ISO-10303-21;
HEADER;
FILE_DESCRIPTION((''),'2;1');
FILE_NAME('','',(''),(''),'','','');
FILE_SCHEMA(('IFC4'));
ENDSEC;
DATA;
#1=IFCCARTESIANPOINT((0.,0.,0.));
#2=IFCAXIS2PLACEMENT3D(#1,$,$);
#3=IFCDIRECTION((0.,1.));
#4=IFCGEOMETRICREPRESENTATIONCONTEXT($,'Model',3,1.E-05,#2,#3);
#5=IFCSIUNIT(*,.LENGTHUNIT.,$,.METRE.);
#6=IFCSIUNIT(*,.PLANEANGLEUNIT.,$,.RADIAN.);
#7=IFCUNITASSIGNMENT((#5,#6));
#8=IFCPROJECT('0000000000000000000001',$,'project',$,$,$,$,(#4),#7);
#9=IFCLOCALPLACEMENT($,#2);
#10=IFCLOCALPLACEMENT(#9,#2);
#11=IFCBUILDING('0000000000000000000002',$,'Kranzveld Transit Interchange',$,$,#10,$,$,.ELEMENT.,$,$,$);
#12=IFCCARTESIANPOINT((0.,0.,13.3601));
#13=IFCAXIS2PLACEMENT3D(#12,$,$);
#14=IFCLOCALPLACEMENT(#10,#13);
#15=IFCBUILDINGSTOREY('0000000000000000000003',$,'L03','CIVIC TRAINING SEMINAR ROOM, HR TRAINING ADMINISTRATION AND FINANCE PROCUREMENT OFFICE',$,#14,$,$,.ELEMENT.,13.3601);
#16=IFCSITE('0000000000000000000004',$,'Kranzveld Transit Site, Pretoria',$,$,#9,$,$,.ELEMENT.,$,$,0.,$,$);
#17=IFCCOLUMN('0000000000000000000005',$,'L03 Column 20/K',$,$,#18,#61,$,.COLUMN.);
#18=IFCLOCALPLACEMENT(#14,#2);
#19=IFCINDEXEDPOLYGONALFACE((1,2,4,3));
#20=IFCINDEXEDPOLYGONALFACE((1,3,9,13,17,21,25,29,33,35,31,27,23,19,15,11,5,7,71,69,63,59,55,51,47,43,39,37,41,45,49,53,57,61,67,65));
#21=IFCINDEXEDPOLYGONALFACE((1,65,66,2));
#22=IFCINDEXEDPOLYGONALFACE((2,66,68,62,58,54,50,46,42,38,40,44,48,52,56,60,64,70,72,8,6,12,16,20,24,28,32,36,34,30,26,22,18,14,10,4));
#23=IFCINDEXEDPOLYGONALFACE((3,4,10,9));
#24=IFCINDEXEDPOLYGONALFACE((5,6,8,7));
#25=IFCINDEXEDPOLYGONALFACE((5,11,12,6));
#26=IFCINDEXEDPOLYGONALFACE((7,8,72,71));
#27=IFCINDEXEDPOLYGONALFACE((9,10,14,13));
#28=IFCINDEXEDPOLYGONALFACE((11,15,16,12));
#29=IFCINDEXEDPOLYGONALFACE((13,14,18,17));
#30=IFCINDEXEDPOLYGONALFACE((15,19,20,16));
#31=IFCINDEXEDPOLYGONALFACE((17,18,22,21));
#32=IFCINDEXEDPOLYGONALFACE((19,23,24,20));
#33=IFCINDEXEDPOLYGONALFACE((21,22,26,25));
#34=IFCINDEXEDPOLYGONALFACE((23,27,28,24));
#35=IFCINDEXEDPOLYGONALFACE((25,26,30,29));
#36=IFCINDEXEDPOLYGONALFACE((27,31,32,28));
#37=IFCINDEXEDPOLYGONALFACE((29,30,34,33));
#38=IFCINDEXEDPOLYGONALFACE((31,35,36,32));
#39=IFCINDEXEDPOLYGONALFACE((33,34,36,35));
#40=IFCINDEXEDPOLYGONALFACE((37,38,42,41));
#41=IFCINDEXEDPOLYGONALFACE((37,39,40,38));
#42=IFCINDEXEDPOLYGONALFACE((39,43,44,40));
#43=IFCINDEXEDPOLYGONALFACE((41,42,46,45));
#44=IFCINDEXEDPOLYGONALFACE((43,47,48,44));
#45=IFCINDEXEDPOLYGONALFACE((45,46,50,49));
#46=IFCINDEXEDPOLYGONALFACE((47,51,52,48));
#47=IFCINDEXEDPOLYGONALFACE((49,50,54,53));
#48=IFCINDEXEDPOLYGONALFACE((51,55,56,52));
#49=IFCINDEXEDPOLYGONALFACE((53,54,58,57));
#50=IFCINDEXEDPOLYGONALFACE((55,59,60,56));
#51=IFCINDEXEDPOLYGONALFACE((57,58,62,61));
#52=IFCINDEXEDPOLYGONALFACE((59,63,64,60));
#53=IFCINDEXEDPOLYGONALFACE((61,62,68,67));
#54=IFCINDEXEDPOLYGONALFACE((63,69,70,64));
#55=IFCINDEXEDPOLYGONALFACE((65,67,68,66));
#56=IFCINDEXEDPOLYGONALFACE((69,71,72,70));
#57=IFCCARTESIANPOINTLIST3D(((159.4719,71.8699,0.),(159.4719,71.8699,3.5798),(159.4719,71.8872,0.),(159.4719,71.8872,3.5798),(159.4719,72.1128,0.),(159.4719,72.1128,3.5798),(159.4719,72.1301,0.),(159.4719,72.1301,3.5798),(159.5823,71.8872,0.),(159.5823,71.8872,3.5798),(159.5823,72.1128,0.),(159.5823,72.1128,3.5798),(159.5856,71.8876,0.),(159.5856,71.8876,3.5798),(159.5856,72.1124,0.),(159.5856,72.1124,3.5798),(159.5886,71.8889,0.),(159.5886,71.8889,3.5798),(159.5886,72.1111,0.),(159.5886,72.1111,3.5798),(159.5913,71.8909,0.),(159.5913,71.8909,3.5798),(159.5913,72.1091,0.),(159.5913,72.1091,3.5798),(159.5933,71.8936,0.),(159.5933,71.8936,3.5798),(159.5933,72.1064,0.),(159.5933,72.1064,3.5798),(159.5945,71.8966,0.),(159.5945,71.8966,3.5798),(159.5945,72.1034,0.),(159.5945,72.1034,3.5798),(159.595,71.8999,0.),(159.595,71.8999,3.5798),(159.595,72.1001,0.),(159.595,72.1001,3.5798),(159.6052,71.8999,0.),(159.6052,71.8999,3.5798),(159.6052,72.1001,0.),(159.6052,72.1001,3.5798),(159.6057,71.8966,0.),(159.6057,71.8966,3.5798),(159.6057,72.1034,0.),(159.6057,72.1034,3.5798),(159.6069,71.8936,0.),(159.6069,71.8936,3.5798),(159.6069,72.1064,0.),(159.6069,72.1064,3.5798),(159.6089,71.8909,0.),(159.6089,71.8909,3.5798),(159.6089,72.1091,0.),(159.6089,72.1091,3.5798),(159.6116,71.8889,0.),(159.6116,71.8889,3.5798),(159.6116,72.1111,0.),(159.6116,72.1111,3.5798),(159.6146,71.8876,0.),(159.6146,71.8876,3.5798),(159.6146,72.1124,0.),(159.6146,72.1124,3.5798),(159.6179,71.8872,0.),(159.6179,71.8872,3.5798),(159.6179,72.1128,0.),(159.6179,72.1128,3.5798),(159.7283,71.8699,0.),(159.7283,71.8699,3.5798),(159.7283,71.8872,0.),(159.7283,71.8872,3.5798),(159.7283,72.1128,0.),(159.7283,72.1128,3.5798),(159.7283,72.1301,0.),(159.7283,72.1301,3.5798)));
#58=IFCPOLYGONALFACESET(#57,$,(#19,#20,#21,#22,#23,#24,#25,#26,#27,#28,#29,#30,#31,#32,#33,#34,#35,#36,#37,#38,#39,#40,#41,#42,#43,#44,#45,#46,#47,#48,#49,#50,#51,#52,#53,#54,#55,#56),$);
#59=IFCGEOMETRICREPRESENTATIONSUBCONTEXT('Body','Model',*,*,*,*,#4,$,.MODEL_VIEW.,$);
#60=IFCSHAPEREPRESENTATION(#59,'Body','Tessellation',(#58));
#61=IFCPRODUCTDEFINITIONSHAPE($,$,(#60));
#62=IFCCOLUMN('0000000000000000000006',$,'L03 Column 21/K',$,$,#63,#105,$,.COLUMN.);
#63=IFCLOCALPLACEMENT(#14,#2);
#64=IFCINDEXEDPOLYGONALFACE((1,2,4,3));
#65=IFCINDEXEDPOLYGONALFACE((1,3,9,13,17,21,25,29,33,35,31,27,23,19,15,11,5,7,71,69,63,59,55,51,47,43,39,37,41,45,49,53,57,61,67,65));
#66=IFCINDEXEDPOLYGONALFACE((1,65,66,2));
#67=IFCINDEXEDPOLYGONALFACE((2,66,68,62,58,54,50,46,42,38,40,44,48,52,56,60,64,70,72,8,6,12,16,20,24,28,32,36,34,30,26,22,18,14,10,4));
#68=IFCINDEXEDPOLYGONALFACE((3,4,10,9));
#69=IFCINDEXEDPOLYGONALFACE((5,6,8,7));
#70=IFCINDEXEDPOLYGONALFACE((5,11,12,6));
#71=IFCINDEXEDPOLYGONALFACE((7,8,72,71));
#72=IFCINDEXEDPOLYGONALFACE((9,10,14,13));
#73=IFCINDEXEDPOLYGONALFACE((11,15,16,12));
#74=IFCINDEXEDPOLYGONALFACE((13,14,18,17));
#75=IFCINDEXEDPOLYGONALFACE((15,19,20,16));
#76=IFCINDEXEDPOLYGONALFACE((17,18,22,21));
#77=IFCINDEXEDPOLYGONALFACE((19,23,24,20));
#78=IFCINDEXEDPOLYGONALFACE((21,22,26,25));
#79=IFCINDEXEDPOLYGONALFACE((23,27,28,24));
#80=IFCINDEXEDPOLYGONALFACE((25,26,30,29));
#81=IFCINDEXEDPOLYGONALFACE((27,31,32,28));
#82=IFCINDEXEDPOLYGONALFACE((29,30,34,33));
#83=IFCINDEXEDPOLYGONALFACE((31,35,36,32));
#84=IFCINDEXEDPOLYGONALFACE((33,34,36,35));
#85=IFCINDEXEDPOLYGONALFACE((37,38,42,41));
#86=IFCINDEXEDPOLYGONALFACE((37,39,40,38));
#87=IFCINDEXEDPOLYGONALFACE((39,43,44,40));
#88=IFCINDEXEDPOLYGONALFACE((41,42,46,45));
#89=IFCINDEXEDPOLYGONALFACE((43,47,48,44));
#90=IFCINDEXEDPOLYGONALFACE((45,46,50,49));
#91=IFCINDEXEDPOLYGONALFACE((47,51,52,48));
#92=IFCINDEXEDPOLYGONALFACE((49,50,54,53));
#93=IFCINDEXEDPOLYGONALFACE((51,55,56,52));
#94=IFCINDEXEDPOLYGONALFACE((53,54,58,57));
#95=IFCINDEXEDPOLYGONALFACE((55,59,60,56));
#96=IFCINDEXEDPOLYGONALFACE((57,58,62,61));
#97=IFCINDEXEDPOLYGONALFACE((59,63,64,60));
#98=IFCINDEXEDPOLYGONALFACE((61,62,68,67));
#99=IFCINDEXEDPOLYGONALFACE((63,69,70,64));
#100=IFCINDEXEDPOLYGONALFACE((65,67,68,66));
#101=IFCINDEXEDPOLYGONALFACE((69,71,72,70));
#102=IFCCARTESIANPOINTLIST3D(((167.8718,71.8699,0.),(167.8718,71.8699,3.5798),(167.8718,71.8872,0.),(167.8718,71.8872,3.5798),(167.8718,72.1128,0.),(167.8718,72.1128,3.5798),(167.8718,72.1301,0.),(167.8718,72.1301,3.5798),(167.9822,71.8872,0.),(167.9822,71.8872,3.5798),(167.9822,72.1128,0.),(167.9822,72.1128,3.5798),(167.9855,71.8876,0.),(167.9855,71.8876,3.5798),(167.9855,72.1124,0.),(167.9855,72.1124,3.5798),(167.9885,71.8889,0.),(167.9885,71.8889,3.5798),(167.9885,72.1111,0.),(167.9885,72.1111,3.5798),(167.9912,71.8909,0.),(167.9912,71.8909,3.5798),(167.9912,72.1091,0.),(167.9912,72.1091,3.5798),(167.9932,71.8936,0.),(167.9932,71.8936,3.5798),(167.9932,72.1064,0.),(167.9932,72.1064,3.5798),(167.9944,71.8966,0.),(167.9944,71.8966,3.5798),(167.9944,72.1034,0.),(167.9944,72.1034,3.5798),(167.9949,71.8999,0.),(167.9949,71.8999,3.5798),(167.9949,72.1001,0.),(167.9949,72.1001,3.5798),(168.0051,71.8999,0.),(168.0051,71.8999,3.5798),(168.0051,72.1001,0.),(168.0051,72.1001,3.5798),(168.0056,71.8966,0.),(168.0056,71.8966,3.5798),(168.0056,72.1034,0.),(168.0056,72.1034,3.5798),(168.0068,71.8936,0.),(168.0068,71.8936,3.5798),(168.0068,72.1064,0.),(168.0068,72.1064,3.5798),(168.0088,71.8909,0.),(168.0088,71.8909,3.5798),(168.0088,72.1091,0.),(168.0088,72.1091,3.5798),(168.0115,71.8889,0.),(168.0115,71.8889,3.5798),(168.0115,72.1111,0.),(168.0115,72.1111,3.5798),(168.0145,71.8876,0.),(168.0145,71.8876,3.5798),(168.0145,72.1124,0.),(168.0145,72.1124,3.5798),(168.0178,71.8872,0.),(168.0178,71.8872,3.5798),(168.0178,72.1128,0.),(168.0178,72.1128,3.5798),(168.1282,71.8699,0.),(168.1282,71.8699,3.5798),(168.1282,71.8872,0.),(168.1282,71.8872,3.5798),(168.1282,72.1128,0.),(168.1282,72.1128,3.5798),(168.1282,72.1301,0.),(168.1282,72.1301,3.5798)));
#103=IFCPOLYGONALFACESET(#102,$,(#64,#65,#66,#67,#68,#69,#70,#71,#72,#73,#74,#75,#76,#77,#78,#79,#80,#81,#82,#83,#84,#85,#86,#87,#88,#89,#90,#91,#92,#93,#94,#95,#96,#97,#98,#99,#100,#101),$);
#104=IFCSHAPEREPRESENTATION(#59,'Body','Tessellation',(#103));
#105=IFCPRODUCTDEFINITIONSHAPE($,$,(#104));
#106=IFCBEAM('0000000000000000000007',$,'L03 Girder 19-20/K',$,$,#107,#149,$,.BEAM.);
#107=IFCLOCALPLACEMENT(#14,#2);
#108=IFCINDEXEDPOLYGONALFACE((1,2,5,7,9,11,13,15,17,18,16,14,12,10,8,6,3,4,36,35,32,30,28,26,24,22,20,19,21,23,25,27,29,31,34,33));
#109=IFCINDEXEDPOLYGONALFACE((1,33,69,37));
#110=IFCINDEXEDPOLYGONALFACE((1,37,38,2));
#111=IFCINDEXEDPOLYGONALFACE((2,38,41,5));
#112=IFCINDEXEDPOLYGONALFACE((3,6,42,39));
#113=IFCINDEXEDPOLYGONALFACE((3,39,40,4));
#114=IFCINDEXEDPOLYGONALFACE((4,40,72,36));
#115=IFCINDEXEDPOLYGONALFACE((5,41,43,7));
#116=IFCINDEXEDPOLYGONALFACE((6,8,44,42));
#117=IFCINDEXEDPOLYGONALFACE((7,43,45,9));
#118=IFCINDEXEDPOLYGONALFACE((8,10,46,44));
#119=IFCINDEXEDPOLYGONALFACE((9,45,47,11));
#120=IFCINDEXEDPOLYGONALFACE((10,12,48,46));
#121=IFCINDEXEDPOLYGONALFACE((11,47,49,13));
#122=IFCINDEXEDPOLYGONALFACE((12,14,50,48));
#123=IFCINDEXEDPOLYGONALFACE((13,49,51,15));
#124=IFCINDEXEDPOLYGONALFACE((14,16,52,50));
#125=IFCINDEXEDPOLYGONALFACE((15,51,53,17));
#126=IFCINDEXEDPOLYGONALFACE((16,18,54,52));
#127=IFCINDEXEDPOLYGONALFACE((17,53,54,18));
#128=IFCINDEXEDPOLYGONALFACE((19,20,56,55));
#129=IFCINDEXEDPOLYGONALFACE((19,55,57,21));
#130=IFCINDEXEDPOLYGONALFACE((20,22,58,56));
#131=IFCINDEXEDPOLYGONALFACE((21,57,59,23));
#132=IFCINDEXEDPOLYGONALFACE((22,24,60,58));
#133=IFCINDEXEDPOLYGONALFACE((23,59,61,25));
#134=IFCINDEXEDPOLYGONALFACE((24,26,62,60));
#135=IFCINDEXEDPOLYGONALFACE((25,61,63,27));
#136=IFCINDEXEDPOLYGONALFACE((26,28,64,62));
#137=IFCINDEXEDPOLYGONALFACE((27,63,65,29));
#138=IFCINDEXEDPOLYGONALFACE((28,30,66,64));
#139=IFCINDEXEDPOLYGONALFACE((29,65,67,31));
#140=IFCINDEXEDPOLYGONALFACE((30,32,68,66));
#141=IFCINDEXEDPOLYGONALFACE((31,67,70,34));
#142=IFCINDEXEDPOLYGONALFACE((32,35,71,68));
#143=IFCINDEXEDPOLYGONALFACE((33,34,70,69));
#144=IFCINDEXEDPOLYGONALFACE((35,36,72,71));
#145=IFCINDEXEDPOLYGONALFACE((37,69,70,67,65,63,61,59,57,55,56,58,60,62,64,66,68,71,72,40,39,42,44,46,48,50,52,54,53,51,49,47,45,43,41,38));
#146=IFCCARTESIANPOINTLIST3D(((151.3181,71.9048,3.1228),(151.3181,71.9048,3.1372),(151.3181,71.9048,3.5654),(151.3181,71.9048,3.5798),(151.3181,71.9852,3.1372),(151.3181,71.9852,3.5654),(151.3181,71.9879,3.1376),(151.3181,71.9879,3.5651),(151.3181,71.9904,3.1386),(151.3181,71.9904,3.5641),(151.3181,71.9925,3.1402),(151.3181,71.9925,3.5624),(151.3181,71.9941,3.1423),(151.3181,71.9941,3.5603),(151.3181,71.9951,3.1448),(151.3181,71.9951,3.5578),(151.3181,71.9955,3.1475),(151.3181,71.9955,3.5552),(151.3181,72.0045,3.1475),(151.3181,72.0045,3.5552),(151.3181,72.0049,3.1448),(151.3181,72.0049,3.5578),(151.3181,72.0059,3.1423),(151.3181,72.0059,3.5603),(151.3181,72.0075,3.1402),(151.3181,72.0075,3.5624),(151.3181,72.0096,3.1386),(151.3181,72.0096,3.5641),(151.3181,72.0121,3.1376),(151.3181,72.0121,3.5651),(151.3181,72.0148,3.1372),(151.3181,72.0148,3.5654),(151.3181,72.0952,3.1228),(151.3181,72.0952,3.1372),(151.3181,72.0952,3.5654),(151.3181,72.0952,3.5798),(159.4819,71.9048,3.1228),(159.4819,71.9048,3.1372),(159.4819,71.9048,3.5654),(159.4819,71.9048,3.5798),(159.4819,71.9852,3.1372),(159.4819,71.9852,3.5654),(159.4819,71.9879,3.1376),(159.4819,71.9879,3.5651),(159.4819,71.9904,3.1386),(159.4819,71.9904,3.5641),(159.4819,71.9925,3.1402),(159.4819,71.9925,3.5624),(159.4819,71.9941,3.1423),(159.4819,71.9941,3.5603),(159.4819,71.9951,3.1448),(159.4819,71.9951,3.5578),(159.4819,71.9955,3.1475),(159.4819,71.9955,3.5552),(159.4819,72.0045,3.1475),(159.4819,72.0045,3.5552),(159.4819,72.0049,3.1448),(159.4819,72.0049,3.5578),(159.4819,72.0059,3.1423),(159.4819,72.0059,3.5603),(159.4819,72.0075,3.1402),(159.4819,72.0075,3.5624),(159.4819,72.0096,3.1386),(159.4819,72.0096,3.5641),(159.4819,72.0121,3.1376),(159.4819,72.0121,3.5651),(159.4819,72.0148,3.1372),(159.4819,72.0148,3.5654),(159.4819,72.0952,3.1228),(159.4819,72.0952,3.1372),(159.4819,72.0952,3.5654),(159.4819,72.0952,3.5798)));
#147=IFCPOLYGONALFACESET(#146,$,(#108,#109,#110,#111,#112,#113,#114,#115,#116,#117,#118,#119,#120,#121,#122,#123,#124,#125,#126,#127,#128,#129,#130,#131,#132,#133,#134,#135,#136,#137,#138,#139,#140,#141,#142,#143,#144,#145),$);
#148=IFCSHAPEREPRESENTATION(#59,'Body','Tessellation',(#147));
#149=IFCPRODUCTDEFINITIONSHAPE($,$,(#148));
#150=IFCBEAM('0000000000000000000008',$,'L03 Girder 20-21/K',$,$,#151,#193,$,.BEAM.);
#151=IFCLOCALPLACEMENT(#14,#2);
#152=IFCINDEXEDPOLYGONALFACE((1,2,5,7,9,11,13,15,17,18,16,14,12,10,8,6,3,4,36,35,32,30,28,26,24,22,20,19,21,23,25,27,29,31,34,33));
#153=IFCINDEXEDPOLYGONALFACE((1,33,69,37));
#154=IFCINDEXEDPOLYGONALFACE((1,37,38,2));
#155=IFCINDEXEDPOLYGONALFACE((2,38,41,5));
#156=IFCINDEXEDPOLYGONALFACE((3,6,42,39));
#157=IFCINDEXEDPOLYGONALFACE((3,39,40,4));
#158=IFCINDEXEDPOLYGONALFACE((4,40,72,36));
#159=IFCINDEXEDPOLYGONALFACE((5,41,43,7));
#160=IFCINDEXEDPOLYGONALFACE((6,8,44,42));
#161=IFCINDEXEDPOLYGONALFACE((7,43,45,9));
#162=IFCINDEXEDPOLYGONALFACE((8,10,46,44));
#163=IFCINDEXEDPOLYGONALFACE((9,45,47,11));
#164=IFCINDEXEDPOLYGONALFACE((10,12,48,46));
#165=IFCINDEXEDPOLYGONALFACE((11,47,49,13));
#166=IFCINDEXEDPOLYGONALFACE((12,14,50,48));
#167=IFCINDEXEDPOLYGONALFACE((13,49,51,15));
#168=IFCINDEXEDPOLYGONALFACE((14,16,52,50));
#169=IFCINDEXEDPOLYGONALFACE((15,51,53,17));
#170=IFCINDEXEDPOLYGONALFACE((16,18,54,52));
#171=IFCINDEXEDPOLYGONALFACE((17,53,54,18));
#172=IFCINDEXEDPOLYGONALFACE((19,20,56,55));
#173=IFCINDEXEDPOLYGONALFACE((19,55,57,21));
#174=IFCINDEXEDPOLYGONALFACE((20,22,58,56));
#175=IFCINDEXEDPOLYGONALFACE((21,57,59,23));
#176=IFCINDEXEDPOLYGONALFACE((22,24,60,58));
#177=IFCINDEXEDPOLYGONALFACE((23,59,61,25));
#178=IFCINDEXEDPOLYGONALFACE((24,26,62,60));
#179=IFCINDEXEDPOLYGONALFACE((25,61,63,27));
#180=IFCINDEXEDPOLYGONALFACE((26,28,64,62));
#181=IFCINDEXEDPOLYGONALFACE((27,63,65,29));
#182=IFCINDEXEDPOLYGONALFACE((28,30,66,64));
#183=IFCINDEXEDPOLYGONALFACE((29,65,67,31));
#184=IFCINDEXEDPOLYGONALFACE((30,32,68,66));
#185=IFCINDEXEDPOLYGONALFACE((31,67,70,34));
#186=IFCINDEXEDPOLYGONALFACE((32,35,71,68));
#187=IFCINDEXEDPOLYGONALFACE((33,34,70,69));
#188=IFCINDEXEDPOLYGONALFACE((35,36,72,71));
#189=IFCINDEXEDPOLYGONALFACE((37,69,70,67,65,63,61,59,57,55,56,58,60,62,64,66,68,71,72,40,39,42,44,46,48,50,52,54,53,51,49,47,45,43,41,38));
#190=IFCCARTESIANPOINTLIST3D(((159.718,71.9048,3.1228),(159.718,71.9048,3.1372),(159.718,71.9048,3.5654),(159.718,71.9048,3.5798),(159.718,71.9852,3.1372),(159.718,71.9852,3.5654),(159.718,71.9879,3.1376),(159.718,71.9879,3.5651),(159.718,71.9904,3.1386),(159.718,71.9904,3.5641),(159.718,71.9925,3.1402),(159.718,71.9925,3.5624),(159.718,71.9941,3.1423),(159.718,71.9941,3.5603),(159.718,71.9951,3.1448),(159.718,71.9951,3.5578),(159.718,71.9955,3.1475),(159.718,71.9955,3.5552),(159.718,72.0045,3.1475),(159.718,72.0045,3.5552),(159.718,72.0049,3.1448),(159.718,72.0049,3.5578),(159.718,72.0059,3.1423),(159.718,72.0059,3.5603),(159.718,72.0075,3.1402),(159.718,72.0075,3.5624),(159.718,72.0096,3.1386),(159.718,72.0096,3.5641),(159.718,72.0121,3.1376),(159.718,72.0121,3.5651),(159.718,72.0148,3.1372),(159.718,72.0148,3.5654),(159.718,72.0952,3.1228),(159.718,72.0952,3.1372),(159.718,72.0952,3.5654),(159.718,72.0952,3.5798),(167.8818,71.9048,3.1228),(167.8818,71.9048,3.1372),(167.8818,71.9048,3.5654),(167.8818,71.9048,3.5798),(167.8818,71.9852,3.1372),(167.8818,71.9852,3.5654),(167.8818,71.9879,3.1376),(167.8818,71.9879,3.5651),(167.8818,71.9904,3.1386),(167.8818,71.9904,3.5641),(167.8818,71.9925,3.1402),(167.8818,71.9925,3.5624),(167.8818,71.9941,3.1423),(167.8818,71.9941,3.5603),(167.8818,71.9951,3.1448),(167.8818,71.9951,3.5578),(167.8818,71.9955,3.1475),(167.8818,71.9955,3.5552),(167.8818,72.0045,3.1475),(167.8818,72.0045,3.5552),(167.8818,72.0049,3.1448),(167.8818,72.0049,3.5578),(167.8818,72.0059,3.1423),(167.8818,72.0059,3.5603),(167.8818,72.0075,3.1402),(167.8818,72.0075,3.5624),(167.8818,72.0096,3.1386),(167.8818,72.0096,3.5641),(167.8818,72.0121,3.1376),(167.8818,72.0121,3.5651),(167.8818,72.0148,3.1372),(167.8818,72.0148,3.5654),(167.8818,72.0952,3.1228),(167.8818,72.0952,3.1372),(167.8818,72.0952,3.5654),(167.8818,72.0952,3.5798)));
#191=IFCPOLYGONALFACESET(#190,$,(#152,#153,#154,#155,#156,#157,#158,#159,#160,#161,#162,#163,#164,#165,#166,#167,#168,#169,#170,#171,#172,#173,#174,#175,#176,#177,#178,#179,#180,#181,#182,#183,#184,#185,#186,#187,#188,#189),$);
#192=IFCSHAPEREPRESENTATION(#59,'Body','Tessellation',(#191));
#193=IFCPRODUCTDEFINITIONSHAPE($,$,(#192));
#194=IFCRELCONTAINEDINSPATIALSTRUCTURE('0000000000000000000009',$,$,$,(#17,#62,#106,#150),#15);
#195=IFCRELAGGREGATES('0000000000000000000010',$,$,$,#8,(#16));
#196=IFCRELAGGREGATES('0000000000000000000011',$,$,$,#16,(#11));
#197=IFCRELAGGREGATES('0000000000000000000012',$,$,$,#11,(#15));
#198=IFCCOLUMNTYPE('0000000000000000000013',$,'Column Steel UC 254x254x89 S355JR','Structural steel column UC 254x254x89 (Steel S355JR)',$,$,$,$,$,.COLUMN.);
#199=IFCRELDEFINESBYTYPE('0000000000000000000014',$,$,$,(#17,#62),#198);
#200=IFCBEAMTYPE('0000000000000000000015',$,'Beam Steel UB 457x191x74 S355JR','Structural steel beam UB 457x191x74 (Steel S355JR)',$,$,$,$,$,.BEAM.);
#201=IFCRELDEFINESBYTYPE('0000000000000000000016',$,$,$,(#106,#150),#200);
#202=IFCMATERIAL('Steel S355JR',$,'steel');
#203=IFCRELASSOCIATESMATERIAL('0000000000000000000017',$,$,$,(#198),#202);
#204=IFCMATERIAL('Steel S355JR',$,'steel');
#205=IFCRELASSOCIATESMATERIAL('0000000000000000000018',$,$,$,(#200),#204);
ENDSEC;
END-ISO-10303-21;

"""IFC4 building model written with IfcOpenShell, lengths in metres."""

from ifc_helpers import new_model, si_unit, direction, frame, origin, origin_2d, place, context, subcontext, project, spatial, i_section, extrude, material, material_profile, profile_set, type_object, element, save


model = new_model("IFC4")

# Units and contexts
model_context = context("Model", 3, precision=1e-05, world=origin(), true_north=direction((0.0, 1.0)))
body_context = subcontext(model_context, "Body", "Model", "MODEL_VIEW")
ifc_project = project(units=[si_unit("LENGTHUNIT", "METRE"), si_unit("PLANEANGLEUNIT", "RADIAN")], contexts=[model_context])

# Site, building, storey
site_placement = place(None, origin())
site = spatial("IfcSite", under=ifc_project, at=site_placement, Name="Kranzveld Transit Site, Pretoria", CompositionType="ELEMENT", RefElevation=0.0)
building_placement = place(site_placement, origin())
building = spatial("IfcBuilding", under=site, at=building_placement, Name="Kranzveld Transit Interchange", CompositionType="ELEMENT")
storey_placement = place(building_placement, frame((0.0, 0.0, 13.3601)))
storey = spatial("IfcBuildingStorey", under=building, at=storey_placement, Name="L03", Description="CIVIC TRAINING SEMINAR ROOM, HR TRAINING ADMINISTRATION AND FINANCE PROCUREMENT OFFICE", CompositionType="ELEMENT", Elevation=13.3601)

# Columns
ifc_material_1 = material(Name="Steel S355JR", Category="steel")
ifc_material_profile_1 = material_profile(ifc_material_1, i_section(OverallWidth=0.2563, OverallDepth=0.2603, WebThickness=0.0103, FlangeThickness=0.0173, FilletRadius=0.0127, at=origin_2d()), Name="UC 254x254x89")
ifc_profile_set_1 = profile_set([ifc_material_profile_1], Name="Steel S355JR")
column_type = type_object("IfcColumnType", Name="Column Steel UC 254x254x89 S355JR", Description="Structural steel column UC 254x254x89 (Steel S355JR)", PredefinedType="COLUMN", material=ifc_profile_set_1)
for number, where, z_axis, x_axis, name in (
    (1, (159.6001, 72.0, 0.0), (0.0, 0.0, 1.0), (1.0, 0.0, 0.0), "L03 Column 20/K"),
    (2, (168.0, 72.0, 0.0), (0.0, 0.0, 1.0), (1.0, 0.0, 0.0), "L03 Column 21/K"),
):
    element("IfcColumn", number, at=place(storey_placement, frame(where, z_axis=z_axis, x_axis=x_axis)), inside=storey, type_object=column_type, Name=name, PredefinedType="COLUMN", context=body_context, shape_type="SweptSolid", body=[
        extrude(i_section(OverallWidth=0.2563, OverallDepth=0.2603, WebThickness=0.0103, FlangeThickness=0.0173, FilletRadius=0.0127, at=origin_2d()), origin(), (0.0, 0.0, 1.0), 3.5798),
    ])

# Beams
ifc_material_2 = material(Name="Steel S355JR", Category="steel")
ifc_material_profile_2 = material_profile(ifc_material_2, i_section(OverallWidth=0.1904, OverallDepth=0.457, WebThickness=0.009, FlangeThickness=0.0144, FilletRadius=0.0103, at=origin_2d()), Name="UB 457x191x74")
ifc_profile_set_2 = profile_set([ifc_material_profile_2], Name="Steel S355JR")
beam_type_1 = type_object("IfcBeamType", Name="Beam Steel UB 457x191x74 S355JR", Description="Structural steel beam UB 457x191x74 (Steel S355JR)", PredefinedType="BEAM", material=ifc_profile_set_2)
for number, where, z_axis, x_axis, name in (
    (3, (151.3181, 72.0, 3.3513), (1.0, 0.0, 0.0), (0.0, 1.0, 0.0), "L03 Girder 19-20/K"),
    (4, (159.718, 72.0, 3.3513), (1.0, 0.0, 0.0), (0.0, 1.0, 0.0), "L03 Girder 20-21/K"),
):
    element("IfcBeam", number, at=place(storey_placement, frame(where, z_axis=z_axis, x_axis=x_axis)), inside=storey, type_object=beam_type_1, Name=name, PredefinedType="BEAM", context=body_context, shape_type="SweptSolid", body=[
        extrude(i_section(OverallWidth=0.1904, OverallDepth=0.457, WebThickness=0.009, FlangeThickness=0.0144, FilletRadius=0.0103, at=origin_2d()), origin(), (0.0, 0.0, 1.0), 8.1638),
    ])

save(model, "model.ifc")
